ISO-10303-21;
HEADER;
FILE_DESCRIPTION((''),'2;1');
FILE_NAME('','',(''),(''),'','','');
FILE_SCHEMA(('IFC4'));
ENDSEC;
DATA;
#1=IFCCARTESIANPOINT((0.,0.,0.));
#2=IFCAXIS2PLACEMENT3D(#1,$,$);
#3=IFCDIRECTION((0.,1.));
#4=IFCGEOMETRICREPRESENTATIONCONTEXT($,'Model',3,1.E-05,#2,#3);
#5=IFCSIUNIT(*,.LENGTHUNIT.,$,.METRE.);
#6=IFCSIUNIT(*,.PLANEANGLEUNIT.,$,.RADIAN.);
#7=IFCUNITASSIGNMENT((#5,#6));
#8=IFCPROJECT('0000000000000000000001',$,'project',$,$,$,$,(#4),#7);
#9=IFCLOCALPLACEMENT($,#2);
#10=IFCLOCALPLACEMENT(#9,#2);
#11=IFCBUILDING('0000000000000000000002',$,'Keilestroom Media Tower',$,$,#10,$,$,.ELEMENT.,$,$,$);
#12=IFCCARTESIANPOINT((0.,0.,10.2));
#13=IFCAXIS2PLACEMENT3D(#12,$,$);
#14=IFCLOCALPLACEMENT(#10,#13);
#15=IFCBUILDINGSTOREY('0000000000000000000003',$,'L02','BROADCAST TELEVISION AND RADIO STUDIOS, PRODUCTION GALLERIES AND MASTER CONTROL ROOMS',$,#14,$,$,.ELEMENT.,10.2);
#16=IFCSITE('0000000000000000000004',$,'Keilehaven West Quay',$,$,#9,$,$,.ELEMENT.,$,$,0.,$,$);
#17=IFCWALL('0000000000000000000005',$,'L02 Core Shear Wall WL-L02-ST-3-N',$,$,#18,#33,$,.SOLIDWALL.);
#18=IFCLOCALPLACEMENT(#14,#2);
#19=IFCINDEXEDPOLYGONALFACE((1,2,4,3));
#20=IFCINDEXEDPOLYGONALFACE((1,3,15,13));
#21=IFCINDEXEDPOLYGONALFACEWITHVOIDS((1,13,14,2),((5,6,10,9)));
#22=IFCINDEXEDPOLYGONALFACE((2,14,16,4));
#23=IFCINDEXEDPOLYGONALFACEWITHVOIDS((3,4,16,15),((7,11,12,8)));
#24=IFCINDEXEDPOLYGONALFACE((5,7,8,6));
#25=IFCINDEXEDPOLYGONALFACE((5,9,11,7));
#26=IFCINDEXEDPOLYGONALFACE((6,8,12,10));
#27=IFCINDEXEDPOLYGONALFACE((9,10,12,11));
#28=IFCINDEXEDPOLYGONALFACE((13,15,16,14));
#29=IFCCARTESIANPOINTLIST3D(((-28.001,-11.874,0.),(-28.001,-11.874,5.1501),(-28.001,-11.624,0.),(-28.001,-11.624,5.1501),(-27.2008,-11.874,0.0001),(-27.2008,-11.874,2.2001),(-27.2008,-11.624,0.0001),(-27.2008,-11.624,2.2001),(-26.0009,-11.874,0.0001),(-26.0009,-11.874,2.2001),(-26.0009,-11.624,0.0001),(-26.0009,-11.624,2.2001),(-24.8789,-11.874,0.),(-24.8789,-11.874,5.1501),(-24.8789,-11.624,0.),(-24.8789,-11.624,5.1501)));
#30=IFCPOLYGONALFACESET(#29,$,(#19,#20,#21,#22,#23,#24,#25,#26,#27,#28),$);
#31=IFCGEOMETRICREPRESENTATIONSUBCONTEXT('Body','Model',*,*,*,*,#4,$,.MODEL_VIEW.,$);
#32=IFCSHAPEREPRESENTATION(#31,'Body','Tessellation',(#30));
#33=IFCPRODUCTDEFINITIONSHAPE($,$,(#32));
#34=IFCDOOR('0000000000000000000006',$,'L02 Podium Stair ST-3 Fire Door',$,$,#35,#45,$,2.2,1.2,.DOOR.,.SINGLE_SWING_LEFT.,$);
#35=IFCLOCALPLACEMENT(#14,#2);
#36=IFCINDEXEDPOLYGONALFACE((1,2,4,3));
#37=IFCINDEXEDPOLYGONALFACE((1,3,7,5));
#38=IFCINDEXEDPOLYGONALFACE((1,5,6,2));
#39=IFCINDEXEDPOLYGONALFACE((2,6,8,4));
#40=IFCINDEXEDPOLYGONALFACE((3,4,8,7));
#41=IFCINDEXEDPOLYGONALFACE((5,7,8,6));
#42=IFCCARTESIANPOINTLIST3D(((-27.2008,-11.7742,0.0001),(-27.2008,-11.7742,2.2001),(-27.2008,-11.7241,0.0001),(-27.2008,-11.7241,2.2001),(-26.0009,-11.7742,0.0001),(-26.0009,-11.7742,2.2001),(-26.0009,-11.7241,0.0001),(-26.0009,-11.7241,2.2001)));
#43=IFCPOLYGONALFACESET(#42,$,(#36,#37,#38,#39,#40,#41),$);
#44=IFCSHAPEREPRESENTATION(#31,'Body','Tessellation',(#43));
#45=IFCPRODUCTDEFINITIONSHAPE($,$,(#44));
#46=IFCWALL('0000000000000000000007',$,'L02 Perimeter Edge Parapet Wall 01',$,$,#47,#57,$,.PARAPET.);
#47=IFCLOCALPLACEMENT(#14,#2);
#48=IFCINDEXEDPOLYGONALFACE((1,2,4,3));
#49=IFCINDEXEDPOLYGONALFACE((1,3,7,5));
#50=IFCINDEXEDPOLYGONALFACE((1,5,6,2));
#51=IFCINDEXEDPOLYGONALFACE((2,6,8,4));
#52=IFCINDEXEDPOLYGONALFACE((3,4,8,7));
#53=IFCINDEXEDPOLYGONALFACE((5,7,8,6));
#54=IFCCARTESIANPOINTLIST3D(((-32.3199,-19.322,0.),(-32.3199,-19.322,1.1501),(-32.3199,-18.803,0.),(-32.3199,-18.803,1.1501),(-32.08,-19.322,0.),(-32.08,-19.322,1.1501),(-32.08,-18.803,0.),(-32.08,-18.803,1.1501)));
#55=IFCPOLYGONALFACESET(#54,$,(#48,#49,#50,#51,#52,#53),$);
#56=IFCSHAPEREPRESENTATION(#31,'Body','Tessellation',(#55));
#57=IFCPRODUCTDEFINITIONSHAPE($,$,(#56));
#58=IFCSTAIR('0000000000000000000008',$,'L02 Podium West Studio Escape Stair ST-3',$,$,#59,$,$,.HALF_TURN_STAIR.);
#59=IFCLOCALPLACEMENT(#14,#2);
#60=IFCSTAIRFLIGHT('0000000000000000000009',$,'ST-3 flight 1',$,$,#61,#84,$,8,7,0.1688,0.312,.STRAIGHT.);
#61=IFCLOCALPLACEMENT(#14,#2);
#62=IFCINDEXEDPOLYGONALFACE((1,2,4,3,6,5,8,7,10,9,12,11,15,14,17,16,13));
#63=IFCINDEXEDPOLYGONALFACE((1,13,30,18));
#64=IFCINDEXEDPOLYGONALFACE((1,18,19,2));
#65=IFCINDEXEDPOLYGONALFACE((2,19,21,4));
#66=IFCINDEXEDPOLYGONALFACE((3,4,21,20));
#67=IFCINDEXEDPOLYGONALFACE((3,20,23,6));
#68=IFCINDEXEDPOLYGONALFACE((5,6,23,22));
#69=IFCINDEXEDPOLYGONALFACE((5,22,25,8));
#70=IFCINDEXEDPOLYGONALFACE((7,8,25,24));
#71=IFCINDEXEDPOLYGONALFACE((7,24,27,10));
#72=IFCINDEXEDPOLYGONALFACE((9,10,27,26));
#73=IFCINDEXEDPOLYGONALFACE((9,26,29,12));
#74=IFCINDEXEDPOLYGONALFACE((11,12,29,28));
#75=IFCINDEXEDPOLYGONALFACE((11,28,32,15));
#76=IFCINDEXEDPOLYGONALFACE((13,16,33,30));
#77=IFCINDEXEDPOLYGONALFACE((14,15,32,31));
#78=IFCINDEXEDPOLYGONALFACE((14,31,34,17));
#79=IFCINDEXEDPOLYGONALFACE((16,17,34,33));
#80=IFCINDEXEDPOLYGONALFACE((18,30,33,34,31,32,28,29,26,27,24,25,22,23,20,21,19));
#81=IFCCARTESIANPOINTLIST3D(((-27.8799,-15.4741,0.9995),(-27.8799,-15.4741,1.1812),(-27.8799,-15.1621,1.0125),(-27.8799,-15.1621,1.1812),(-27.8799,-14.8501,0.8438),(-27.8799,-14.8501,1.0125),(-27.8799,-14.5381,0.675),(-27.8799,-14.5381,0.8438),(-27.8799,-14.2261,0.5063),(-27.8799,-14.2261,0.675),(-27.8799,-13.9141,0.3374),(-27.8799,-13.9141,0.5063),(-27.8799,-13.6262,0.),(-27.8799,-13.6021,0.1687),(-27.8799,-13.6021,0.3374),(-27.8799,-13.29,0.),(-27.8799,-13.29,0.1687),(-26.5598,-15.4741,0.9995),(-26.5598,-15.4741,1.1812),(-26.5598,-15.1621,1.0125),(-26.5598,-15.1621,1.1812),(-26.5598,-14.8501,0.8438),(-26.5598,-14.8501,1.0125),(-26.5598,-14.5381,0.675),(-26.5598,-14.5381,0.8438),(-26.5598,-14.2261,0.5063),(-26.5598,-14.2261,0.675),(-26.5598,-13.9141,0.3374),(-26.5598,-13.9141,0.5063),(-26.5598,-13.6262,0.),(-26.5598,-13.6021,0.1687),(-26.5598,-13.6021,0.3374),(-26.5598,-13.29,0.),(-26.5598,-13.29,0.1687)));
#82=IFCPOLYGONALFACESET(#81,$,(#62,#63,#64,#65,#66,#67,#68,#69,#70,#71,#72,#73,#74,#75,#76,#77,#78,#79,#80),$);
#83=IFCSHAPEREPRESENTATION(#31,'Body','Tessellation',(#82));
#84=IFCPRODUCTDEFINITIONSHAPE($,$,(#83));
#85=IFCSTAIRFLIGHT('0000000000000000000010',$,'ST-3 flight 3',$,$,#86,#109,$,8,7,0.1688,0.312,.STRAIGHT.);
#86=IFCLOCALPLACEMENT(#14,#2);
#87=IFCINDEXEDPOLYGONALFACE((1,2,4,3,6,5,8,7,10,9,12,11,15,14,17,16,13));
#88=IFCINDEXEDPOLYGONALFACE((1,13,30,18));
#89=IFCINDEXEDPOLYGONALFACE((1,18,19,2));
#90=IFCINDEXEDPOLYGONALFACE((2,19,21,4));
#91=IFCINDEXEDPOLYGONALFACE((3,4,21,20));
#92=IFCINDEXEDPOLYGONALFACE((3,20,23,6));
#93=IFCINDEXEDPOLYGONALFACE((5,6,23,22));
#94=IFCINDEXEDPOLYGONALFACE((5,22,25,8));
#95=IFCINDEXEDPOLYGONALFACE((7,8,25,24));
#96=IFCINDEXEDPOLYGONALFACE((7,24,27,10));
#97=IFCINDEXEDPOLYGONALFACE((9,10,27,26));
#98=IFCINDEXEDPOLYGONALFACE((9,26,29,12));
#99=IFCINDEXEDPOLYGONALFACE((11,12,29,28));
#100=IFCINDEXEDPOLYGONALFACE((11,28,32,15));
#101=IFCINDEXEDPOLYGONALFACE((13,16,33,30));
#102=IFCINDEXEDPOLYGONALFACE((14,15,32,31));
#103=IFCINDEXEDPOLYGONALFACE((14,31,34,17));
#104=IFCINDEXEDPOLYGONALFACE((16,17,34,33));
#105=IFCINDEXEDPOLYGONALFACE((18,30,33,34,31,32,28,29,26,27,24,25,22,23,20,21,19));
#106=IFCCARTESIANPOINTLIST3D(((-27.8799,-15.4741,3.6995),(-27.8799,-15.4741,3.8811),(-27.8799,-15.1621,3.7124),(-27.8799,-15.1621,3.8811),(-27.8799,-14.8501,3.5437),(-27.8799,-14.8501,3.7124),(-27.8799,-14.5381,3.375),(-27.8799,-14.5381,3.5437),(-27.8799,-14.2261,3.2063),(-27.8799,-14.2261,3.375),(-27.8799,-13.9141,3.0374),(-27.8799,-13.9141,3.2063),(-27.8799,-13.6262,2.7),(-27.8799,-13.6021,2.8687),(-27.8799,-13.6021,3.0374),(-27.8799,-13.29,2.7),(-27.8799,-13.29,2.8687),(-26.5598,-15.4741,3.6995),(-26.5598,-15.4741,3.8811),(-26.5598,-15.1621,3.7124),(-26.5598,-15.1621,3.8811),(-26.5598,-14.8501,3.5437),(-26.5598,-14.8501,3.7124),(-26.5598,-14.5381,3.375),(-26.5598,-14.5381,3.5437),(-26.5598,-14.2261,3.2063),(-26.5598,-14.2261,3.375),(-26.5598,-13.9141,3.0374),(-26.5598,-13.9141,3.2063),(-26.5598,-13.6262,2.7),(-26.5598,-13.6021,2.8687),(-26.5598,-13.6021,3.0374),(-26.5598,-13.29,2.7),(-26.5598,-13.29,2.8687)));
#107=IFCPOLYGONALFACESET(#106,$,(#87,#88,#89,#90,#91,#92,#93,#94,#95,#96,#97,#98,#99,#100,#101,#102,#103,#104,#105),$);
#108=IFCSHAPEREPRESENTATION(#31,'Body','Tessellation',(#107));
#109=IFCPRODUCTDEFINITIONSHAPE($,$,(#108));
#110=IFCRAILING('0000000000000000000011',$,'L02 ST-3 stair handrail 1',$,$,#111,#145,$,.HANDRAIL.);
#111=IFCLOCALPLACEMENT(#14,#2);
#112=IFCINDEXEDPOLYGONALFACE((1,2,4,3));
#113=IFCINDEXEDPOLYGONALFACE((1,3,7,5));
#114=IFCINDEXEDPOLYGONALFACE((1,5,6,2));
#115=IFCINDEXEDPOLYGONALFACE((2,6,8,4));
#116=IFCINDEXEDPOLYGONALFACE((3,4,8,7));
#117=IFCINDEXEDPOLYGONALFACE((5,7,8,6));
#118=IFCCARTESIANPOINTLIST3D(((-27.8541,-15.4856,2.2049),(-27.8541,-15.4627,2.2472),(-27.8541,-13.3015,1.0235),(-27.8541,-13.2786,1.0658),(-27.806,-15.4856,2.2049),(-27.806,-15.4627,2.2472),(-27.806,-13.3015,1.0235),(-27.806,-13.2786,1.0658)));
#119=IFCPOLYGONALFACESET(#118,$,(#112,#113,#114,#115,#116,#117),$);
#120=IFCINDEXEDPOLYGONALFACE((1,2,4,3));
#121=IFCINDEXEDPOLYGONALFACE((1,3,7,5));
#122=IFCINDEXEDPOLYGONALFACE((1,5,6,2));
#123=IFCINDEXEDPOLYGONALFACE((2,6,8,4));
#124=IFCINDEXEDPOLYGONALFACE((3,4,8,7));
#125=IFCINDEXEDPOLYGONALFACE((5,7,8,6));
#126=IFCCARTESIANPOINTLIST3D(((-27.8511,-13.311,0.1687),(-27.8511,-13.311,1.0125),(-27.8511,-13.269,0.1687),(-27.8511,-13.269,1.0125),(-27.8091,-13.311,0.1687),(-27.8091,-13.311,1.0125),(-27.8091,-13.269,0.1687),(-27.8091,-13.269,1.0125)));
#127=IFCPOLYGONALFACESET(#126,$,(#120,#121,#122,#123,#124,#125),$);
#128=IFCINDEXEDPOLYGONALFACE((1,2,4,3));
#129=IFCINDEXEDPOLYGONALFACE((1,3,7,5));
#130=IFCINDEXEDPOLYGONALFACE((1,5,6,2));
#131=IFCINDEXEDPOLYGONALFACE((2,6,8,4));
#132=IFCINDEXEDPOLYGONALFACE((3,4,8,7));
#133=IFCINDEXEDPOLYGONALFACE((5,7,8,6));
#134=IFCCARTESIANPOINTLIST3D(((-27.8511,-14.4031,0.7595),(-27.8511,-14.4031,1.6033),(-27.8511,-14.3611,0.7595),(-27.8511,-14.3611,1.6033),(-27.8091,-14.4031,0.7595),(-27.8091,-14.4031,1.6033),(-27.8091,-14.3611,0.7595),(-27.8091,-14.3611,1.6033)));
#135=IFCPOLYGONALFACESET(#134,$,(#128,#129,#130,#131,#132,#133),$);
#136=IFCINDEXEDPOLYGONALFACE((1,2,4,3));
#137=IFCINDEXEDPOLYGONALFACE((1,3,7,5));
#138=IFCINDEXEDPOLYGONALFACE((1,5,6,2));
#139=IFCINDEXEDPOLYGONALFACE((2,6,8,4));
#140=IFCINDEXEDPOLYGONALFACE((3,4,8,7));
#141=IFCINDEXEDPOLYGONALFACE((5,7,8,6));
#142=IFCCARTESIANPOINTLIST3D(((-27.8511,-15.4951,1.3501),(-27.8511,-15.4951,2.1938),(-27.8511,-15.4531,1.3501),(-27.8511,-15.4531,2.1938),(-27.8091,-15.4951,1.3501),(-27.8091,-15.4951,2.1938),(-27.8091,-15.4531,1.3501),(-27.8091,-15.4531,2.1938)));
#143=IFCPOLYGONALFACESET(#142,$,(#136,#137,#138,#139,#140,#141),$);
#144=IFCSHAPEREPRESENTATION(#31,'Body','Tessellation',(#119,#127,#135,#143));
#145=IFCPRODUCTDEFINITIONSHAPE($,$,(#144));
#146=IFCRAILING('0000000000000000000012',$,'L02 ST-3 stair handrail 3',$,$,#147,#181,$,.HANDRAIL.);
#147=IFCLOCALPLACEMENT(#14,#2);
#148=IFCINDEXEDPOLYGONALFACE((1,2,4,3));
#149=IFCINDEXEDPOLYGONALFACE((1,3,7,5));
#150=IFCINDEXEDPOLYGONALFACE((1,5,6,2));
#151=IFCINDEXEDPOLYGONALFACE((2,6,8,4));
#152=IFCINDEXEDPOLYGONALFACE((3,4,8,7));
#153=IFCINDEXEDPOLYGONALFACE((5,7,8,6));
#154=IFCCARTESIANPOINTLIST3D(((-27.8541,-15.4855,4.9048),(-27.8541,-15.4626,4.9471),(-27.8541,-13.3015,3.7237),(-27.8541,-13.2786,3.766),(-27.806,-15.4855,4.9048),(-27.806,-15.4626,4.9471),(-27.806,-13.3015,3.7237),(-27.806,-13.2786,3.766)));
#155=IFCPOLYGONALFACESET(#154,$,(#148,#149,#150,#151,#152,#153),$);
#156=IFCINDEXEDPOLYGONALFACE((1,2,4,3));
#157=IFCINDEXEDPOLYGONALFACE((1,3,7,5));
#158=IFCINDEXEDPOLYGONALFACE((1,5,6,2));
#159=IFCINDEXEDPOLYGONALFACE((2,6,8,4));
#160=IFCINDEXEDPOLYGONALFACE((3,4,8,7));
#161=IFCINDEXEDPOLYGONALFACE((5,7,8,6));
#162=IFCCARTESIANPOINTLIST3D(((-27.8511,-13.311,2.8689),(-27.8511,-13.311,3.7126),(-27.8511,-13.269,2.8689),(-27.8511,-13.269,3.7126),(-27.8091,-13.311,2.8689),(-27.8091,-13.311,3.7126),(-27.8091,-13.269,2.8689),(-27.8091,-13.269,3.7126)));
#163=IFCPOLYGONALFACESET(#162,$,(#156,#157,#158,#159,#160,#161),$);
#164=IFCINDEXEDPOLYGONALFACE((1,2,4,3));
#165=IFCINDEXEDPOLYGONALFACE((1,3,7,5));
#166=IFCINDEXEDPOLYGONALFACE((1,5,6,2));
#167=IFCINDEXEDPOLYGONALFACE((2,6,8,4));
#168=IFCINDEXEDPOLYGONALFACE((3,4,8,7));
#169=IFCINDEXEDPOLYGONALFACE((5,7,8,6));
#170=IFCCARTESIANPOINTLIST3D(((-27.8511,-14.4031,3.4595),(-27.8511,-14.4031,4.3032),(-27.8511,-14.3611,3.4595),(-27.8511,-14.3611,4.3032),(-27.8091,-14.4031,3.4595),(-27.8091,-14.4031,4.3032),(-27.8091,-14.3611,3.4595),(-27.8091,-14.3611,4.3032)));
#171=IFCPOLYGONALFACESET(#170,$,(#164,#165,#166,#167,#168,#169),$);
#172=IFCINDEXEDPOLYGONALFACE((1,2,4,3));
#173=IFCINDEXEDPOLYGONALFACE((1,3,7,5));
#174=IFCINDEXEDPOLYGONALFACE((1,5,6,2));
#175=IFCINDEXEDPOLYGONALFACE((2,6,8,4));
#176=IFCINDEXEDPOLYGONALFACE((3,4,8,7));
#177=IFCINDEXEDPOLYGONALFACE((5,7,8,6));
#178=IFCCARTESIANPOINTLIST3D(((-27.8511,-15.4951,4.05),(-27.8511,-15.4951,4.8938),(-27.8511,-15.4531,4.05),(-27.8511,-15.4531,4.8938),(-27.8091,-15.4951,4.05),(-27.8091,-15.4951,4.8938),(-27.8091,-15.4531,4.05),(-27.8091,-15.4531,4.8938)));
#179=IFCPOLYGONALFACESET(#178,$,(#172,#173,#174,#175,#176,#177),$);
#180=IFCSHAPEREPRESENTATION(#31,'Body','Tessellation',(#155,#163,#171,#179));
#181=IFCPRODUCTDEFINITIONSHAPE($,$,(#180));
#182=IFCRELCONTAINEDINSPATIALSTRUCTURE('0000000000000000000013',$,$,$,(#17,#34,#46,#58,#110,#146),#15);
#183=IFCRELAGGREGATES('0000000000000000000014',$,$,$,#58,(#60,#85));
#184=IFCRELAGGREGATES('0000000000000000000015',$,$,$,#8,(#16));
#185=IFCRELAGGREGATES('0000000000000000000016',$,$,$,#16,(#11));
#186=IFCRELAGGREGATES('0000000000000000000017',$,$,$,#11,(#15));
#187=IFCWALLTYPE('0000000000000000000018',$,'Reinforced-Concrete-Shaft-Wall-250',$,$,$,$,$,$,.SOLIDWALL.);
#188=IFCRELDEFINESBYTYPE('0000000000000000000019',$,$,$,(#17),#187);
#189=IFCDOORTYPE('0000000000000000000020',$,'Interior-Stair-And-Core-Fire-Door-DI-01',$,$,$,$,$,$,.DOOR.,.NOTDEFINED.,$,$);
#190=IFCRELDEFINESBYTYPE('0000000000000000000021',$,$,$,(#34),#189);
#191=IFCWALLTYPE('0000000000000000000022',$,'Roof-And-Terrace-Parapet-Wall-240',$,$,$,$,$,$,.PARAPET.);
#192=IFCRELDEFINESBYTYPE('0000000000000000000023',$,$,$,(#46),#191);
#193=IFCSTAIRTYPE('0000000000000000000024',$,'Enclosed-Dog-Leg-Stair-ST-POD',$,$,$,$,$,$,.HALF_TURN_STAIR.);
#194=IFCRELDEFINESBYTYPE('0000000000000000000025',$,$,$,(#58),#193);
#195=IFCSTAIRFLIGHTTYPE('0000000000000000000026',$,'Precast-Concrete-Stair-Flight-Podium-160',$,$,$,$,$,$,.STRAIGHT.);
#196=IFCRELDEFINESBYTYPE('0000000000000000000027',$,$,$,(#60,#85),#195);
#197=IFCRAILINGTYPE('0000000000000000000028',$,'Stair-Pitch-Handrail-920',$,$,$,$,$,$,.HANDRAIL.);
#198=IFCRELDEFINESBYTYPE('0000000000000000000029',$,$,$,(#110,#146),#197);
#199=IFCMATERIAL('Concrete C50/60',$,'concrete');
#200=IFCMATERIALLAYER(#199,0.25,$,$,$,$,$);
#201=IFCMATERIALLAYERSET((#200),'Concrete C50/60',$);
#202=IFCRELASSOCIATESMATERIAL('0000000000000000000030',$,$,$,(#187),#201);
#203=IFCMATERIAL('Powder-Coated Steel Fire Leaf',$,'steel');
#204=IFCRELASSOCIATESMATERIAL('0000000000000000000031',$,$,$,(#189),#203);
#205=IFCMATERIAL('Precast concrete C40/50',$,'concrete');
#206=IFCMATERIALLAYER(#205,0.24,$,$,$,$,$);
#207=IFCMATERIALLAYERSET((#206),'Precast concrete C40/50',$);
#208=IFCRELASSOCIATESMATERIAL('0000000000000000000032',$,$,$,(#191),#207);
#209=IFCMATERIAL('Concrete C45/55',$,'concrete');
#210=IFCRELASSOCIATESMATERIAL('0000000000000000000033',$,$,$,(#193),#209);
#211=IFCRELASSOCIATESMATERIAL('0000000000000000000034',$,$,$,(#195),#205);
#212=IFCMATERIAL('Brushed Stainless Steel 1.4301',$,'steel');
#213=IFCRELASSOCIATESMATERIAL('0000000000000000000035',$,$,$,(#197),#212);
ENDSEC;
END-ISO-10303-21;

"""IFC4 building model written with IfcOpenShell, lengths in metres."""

from ifc_helpers import new_model, si_unit, direction, frame, frame_2d, origin, origin_2d, place, context, subcontext, project, spatial, polyline, rectangle, outline, extrude, source, transform, mapped, material, layer, layer_set, type_object, element, fill, aggregate, save


model = new_model("IFC4")

# Units and contexts
model_context = context("Model", 3, precision=1e-05, world=origin(), true_north=direction((0.0, 1.0)))
body_context = subcontext(model_context, "Body", "Model", "MODEL_VIEW")
ifc_project = project(units=[si_unit("LENGTHUNIT", "METRE"), si_unit("PLANEANGLEUNIT", "RADIAN")], contexts=[model_context])

# Site, building, storey
site_placement = place(None, origin())
site = spatial("IfcSite", under=ifc_project, at=site_placement, Name="Keilehaven West Quay", CompositionType="ELEMENT", RefElevation=0.0)
building_placement = place(site_placement, origin())
building = spatial("IfcBuilding", under=site, at=building_placement, Name="Keilestroom Media Tower", CompositionType="ELEMENT")
storey_placement = place(building_placement, frame((0.0, 0.0, 10.2)))
storey = spatial("IfcBuildingStorey", under=building, at=storey_placement, Name="L02", Description="BROADCAST TELEVISION AND RADIO STUDIOS, PRODUCTION GALLERIES AND MASTER CONTROL ROOMS", CompositionType="ELEMENT", Elevation=10.2)

# Shared definitions
ifc_material_1 = material(Name="Precast concrete C40/50", Category="concrete")

# Shared definitions
ifc_material_2 = material(Name="Concrete C50/60", Category="concrete")
ifc_layer_1 = layer(ifc_material_2, 0.25)
ifc_layer_set_1 = layer_set([ifc_layer_1], Name="Concrete C50/60")
wall_type_1 = type_object("IfcWallType", Name="Reinforced-Concrete-Shaft-Wall-250", PredefinedType="SOLIDWALL", material=ifc_layer_set_1)

# Wall, opening, door
wall_1_placement = place(storey_placement, frame((-28.001, -11.749, 0.0), z_axis=(0.0, 0.0, 1.0), x_axis=(1.0, 0.0, 0.0)))
wall_1 = element("IfcWall", 1, at=wall_1_placement, inside=storey, type_object=wall_type_1, Name="L02 Core Shear Wall WL-L02-ST-3-N", PredefinedType="SOLIDWALL", context=body_context, shape_type="SweptSolid", body=[
    extrude(rectangle(XDim=3.1221, YDim=0.25, at=frame_2d((1.561, 0.0))), origin(), (0.0, 0.0, 1.0), 5.1501),
])
opening_1_placement = place(wall_1_placement, frame((0.8, 0.0, 0.0)))
opening_1 = element("IfcOpeningElement", 2, at=opening_1_placement, cuts=wall_1, PredefinedType="OPENING", context=body_context, shape_type="SweptSolid", body=[
    extrude(rectangle(XDim=1.2, YDim=2.2, at=frame_2d((0.6001, 1.1001))), frame((0.0, 0.135, 0.0), z_axis=(0.0, -1.0, 0.0), x_axis=(1.0, 0.0, 0.0)), (0.0, 0.0, 1.0), 0.27),
])
ifc_material_3 = material(Name="Powder-Coated Steel Fire Leaf", Category="steel")
door_type = type_object("IfcDoorType", Name="Interior-Stair-And-Core-Fire-Door-DI-01", OperationType="NOTDEFINED", PredefinedType="DOOR", material=ifc_material_3)
shared_shape_1 = source(origin(), body_context, "Body", "SweptSolid", [
    extrude(rectangle(XDim=1.2, YDim=2.2, at=frame_2d((0.6001, 1.1001))), frame((0.0, 0.0249, 0.0), z_axis=(0.0, -1.0, 0.0), x_axis=(1.0, 0.0, 0.0)), (0.0, 0.0, 1.0), 0.05),
])
door_placement = place(opening_1_placement, origin())
door = element("IfcDoor", 3, at=door_placement, inside=storey, type_object=door_type, Name="L02 Podium Stair ST-3 Fire Door", OperationType="SINGLE_SWING_LEFT", OverallHeight=2.2, OverallWidth=1.2, PredefinedType="DOOR", context=body_context, shape_type="MappedRepresentation", body=[
    mapped(shared_shape_1, transform((0.0, 0.0, 0.0), x_axis=(1.0, 0.0, 0.0), y_axis=(0.0, 1.0, 0.0), z_axis=(0.0, 0.0, 1.0), scale=1.0)),
])
fill(opening_1, door)

# Wall
ifc_layer_2 = layer(ifc_material_1, 0.24)
ifc_layer_set_2 = layer_set([ifc_layer_2], Name="Precast concrete C40/50")
wall_type_2 = type_object("IfcWallType", Name="Roof-And-Terrace-Parapet-Wall-240", PredefinedType="PARAPET", material=ifc_layer_set_2)
wall_2_placement = place(storey_placement, frame((-32.2, -19.322, 0.0), z_axis=(0.0, 0.0, 1.0), x_axis=(0.0, 1.0, 0.0)))
element("IfcWall", 4, at=wall_2_placement, inside=storey, type_object=wall_type_2, Name="L02 Perimeter Edge Parapet Wall 01", PredefinedType="PARAPET", context=body_context, shape_type="SweptSolid", body=[
    extrude(rectangle(XDim=0.519, YDim=0.24, at=frame_2d((0.2595, 0.0))), origin(), (0.0, 0.0, 1.0), 1.1501),
])

# Stair, stair flights
ifc_material_4 = material(Name="Concrete C45/55", Category="concrete")
stair_type = type_object("IfcStairType", Name="Enclosed-Dog-Leg-Stair-ST-POD", PredefinedType="HALF_TURN_STAIR", material=ifc_material_4)
stair_placement = place(storey_placement, origin())
stair = element("IfcStair", 5, at=stair_placement, inside=storey, type_object=stair_type, Name="L02 Podium West Studio Escape Stair ST-3", PredefinedType="HALF_TURN_STAIR")
stair_flight_type = type_object("IfcStairFlightType", Name="Precast-Concrete-Stair-Flight-Podium-160", PredefinedType="STRAIGHT", material=ifc_material_1)
stair_flight_1_placement = place(storey_placement, frame((-27.22, -13.29, 0.0), z_axis=(0.0, 0.0, 1.0), x_axis=(0.0, -1.0, 0.0)))
stair_flight_1 = element("IfcStairFlight", 6, at=stair_flight_1_placement, type_object=stair_flight_type, Name="ST-3 flight 1", NumberOfRisers=8, NumberOfTreads=7, PredefinedType="STRAIGHT", RiserHeight=0.1688, TreadLength=0.312, context=body_context, shape_type="SweptSolid", body=[
    extrude(outline(polyline([(0.0, 0.0), (0.0, 0.1687), (0.312, 0.1687), (0.312, 0.3374), (0.624, 0.3374), (0.624, 0.5063), (0.936, 0.5063), (0.936, 0.675), (1.248, 0.675), (1.248, 0.8438), (1.5601, 0.8438), (1.5601, 1.0125), (1.8721, 1.0125), (1.8721, 1.1812), (2.1841, 1.1812), (2.1841, 1.3501), (2.1841, 0.9995), (0.3362, 0.0), (0.0, 0.0)])), frame((0.0, 0.6602, 0.0), z_axis=(0.0, -1.0, 0.0), x_axis=(1.0, 0.0, 0.0)), (0.0, 0.0, 1.0), 1.3201),
])
stair_flight_2_placement = place(storey_placement, frame((-27.22, -13.29, 2.7), z_axis=(0.0, 0.0, 1.0), x_axis=(0.0, -1.0, 0.0)))
stair_flight_2 = element("IfcStairFlight", 7, at=stair_flight_2_placement, type_object=stair_flight_type, Name="ST-3 flight 3", NumberOfRisers=8, NumberOfTreads=7, PredefinedType="STRAIGHT", RiserHeight=0.1688, TreadLength=0.312, context=body_context, shape_type="SweptSolid", body=[
    extrude(outline(polyline([(0.0, 0.0), (0.0, 0.1687), (0.312, 0.1687), (0.312, 0.3374), (0.624, 0.3374), (0.624, 0.5063), (0.936, 0.5063), (0.936, 0.675), (1.248, 0.675), (1.248, 0.8438), (1.5601, 0.8438), (1.5601, 1.0125), (1.8721, 1.0125), (1.8721, 1.1812), (2.1841, 1.1812), (2.1841, 1.3501), (2.1841, 0.9995), (0.3362, 0.0), (0.0, 0.0)])), frame((0.0, 0.6602, 0.0), z_axis=(0.0, -1.0, 0.0), x_axis=(1.0, 0.0, 0.0)), (0.0, 0.0, 1.0), 1.3201),
])
aggregate(stair, [stair_flight_1, stair_flight_2])

# Railings
ifc_material_5 = material(Name="Brushed Stainless Steel 1.4301", Category="steel")
railing_type_1 = type_object("IfcRailingType", Name="Stair-Pitch-Handrail-920", PredefinedType="HANDRAIL", material=ifc_material_5)
railing_1_placement = place(storey_placement, frame((-27.8301, -13.29, 0.1687)))
element("IfcRailing", 8, at=railing_1_placement, inside=storey, type_object=railing_type_1, Name="L02 ST-3 stair handrail 1", PredefinedType="HANDRAIL", context=body_context, shape_type="SweptSolid", body=[
    extrude(rectangle(XDim=0.0481, YDim=0.0481, at=origin_2d()), frame((0.0, 0.0, 0.876), z_axis=(0.0, -0.87957, 0.47577), x_axis=(1.0, 0.0, 0.0)), (0.0, 0.0, 1.0), 2.4832),
    extrude(rectangle(XDim=0.042, YDim=0.042, at=origin_2d()), origin(), (0.0, 0.0, 1.0), 0.8438),
    extrude(rectangle(XDim=0.042, YDim=0.042, at=origin_2d()), frame((0.0, -1.092, 0.5908)), (0.0, 0.0, 1.0), 0.8438),
    extrude(rectangle(XDim=0.042, YDim=0.042, at=origin_2d()), frame((0.0, -2.1841, 1.1814)), (0.0, 0.0, 1.0), 0.8438),
])
railing_2_placement = place(storey_placement, frame((-27.8301, -13.29, 2.8689)))
element("IfcRailing", 9, at=railing_2_placement, inside=storey, type_object=railing_type_1, Name="L02 ST-3 stair handrail 3", PredefinedType="HANDRAIL", context=body_context, shape_type="SweptSolid", body=[
    extrude(rectangle(XDim=0.0481, YDim=0.0481, at=origin_2d()), frame((0.0, 0.0, 0.876), z_axis=(0.0, -0.879611, 0.475694), x_axis=(1.0, 0.0, 0.0)), (0.0, 0.0, 1.0), 2.4829),
    extrude(rectangle(XDim=0.042, YDim=0.042, at=origin_2d()), origin(), (0.0, 0.0, 1.0), 0.8438),
    extrude(rectangle(XDim=0.042, YDim=0.042, at=origin_2d()), frame((0.0, -1.092, 0.5906)), (0.0, 0.0, 1.0), 0.8438),
    extrude(rectangle(XDim=0.042, YDim=0.042, at=origin_2d()), frame((0.0, -2.1841, 1.1812)), (0.0, 0.0, 1.0), 0.8438),
])

save(model, "model.ifc")
